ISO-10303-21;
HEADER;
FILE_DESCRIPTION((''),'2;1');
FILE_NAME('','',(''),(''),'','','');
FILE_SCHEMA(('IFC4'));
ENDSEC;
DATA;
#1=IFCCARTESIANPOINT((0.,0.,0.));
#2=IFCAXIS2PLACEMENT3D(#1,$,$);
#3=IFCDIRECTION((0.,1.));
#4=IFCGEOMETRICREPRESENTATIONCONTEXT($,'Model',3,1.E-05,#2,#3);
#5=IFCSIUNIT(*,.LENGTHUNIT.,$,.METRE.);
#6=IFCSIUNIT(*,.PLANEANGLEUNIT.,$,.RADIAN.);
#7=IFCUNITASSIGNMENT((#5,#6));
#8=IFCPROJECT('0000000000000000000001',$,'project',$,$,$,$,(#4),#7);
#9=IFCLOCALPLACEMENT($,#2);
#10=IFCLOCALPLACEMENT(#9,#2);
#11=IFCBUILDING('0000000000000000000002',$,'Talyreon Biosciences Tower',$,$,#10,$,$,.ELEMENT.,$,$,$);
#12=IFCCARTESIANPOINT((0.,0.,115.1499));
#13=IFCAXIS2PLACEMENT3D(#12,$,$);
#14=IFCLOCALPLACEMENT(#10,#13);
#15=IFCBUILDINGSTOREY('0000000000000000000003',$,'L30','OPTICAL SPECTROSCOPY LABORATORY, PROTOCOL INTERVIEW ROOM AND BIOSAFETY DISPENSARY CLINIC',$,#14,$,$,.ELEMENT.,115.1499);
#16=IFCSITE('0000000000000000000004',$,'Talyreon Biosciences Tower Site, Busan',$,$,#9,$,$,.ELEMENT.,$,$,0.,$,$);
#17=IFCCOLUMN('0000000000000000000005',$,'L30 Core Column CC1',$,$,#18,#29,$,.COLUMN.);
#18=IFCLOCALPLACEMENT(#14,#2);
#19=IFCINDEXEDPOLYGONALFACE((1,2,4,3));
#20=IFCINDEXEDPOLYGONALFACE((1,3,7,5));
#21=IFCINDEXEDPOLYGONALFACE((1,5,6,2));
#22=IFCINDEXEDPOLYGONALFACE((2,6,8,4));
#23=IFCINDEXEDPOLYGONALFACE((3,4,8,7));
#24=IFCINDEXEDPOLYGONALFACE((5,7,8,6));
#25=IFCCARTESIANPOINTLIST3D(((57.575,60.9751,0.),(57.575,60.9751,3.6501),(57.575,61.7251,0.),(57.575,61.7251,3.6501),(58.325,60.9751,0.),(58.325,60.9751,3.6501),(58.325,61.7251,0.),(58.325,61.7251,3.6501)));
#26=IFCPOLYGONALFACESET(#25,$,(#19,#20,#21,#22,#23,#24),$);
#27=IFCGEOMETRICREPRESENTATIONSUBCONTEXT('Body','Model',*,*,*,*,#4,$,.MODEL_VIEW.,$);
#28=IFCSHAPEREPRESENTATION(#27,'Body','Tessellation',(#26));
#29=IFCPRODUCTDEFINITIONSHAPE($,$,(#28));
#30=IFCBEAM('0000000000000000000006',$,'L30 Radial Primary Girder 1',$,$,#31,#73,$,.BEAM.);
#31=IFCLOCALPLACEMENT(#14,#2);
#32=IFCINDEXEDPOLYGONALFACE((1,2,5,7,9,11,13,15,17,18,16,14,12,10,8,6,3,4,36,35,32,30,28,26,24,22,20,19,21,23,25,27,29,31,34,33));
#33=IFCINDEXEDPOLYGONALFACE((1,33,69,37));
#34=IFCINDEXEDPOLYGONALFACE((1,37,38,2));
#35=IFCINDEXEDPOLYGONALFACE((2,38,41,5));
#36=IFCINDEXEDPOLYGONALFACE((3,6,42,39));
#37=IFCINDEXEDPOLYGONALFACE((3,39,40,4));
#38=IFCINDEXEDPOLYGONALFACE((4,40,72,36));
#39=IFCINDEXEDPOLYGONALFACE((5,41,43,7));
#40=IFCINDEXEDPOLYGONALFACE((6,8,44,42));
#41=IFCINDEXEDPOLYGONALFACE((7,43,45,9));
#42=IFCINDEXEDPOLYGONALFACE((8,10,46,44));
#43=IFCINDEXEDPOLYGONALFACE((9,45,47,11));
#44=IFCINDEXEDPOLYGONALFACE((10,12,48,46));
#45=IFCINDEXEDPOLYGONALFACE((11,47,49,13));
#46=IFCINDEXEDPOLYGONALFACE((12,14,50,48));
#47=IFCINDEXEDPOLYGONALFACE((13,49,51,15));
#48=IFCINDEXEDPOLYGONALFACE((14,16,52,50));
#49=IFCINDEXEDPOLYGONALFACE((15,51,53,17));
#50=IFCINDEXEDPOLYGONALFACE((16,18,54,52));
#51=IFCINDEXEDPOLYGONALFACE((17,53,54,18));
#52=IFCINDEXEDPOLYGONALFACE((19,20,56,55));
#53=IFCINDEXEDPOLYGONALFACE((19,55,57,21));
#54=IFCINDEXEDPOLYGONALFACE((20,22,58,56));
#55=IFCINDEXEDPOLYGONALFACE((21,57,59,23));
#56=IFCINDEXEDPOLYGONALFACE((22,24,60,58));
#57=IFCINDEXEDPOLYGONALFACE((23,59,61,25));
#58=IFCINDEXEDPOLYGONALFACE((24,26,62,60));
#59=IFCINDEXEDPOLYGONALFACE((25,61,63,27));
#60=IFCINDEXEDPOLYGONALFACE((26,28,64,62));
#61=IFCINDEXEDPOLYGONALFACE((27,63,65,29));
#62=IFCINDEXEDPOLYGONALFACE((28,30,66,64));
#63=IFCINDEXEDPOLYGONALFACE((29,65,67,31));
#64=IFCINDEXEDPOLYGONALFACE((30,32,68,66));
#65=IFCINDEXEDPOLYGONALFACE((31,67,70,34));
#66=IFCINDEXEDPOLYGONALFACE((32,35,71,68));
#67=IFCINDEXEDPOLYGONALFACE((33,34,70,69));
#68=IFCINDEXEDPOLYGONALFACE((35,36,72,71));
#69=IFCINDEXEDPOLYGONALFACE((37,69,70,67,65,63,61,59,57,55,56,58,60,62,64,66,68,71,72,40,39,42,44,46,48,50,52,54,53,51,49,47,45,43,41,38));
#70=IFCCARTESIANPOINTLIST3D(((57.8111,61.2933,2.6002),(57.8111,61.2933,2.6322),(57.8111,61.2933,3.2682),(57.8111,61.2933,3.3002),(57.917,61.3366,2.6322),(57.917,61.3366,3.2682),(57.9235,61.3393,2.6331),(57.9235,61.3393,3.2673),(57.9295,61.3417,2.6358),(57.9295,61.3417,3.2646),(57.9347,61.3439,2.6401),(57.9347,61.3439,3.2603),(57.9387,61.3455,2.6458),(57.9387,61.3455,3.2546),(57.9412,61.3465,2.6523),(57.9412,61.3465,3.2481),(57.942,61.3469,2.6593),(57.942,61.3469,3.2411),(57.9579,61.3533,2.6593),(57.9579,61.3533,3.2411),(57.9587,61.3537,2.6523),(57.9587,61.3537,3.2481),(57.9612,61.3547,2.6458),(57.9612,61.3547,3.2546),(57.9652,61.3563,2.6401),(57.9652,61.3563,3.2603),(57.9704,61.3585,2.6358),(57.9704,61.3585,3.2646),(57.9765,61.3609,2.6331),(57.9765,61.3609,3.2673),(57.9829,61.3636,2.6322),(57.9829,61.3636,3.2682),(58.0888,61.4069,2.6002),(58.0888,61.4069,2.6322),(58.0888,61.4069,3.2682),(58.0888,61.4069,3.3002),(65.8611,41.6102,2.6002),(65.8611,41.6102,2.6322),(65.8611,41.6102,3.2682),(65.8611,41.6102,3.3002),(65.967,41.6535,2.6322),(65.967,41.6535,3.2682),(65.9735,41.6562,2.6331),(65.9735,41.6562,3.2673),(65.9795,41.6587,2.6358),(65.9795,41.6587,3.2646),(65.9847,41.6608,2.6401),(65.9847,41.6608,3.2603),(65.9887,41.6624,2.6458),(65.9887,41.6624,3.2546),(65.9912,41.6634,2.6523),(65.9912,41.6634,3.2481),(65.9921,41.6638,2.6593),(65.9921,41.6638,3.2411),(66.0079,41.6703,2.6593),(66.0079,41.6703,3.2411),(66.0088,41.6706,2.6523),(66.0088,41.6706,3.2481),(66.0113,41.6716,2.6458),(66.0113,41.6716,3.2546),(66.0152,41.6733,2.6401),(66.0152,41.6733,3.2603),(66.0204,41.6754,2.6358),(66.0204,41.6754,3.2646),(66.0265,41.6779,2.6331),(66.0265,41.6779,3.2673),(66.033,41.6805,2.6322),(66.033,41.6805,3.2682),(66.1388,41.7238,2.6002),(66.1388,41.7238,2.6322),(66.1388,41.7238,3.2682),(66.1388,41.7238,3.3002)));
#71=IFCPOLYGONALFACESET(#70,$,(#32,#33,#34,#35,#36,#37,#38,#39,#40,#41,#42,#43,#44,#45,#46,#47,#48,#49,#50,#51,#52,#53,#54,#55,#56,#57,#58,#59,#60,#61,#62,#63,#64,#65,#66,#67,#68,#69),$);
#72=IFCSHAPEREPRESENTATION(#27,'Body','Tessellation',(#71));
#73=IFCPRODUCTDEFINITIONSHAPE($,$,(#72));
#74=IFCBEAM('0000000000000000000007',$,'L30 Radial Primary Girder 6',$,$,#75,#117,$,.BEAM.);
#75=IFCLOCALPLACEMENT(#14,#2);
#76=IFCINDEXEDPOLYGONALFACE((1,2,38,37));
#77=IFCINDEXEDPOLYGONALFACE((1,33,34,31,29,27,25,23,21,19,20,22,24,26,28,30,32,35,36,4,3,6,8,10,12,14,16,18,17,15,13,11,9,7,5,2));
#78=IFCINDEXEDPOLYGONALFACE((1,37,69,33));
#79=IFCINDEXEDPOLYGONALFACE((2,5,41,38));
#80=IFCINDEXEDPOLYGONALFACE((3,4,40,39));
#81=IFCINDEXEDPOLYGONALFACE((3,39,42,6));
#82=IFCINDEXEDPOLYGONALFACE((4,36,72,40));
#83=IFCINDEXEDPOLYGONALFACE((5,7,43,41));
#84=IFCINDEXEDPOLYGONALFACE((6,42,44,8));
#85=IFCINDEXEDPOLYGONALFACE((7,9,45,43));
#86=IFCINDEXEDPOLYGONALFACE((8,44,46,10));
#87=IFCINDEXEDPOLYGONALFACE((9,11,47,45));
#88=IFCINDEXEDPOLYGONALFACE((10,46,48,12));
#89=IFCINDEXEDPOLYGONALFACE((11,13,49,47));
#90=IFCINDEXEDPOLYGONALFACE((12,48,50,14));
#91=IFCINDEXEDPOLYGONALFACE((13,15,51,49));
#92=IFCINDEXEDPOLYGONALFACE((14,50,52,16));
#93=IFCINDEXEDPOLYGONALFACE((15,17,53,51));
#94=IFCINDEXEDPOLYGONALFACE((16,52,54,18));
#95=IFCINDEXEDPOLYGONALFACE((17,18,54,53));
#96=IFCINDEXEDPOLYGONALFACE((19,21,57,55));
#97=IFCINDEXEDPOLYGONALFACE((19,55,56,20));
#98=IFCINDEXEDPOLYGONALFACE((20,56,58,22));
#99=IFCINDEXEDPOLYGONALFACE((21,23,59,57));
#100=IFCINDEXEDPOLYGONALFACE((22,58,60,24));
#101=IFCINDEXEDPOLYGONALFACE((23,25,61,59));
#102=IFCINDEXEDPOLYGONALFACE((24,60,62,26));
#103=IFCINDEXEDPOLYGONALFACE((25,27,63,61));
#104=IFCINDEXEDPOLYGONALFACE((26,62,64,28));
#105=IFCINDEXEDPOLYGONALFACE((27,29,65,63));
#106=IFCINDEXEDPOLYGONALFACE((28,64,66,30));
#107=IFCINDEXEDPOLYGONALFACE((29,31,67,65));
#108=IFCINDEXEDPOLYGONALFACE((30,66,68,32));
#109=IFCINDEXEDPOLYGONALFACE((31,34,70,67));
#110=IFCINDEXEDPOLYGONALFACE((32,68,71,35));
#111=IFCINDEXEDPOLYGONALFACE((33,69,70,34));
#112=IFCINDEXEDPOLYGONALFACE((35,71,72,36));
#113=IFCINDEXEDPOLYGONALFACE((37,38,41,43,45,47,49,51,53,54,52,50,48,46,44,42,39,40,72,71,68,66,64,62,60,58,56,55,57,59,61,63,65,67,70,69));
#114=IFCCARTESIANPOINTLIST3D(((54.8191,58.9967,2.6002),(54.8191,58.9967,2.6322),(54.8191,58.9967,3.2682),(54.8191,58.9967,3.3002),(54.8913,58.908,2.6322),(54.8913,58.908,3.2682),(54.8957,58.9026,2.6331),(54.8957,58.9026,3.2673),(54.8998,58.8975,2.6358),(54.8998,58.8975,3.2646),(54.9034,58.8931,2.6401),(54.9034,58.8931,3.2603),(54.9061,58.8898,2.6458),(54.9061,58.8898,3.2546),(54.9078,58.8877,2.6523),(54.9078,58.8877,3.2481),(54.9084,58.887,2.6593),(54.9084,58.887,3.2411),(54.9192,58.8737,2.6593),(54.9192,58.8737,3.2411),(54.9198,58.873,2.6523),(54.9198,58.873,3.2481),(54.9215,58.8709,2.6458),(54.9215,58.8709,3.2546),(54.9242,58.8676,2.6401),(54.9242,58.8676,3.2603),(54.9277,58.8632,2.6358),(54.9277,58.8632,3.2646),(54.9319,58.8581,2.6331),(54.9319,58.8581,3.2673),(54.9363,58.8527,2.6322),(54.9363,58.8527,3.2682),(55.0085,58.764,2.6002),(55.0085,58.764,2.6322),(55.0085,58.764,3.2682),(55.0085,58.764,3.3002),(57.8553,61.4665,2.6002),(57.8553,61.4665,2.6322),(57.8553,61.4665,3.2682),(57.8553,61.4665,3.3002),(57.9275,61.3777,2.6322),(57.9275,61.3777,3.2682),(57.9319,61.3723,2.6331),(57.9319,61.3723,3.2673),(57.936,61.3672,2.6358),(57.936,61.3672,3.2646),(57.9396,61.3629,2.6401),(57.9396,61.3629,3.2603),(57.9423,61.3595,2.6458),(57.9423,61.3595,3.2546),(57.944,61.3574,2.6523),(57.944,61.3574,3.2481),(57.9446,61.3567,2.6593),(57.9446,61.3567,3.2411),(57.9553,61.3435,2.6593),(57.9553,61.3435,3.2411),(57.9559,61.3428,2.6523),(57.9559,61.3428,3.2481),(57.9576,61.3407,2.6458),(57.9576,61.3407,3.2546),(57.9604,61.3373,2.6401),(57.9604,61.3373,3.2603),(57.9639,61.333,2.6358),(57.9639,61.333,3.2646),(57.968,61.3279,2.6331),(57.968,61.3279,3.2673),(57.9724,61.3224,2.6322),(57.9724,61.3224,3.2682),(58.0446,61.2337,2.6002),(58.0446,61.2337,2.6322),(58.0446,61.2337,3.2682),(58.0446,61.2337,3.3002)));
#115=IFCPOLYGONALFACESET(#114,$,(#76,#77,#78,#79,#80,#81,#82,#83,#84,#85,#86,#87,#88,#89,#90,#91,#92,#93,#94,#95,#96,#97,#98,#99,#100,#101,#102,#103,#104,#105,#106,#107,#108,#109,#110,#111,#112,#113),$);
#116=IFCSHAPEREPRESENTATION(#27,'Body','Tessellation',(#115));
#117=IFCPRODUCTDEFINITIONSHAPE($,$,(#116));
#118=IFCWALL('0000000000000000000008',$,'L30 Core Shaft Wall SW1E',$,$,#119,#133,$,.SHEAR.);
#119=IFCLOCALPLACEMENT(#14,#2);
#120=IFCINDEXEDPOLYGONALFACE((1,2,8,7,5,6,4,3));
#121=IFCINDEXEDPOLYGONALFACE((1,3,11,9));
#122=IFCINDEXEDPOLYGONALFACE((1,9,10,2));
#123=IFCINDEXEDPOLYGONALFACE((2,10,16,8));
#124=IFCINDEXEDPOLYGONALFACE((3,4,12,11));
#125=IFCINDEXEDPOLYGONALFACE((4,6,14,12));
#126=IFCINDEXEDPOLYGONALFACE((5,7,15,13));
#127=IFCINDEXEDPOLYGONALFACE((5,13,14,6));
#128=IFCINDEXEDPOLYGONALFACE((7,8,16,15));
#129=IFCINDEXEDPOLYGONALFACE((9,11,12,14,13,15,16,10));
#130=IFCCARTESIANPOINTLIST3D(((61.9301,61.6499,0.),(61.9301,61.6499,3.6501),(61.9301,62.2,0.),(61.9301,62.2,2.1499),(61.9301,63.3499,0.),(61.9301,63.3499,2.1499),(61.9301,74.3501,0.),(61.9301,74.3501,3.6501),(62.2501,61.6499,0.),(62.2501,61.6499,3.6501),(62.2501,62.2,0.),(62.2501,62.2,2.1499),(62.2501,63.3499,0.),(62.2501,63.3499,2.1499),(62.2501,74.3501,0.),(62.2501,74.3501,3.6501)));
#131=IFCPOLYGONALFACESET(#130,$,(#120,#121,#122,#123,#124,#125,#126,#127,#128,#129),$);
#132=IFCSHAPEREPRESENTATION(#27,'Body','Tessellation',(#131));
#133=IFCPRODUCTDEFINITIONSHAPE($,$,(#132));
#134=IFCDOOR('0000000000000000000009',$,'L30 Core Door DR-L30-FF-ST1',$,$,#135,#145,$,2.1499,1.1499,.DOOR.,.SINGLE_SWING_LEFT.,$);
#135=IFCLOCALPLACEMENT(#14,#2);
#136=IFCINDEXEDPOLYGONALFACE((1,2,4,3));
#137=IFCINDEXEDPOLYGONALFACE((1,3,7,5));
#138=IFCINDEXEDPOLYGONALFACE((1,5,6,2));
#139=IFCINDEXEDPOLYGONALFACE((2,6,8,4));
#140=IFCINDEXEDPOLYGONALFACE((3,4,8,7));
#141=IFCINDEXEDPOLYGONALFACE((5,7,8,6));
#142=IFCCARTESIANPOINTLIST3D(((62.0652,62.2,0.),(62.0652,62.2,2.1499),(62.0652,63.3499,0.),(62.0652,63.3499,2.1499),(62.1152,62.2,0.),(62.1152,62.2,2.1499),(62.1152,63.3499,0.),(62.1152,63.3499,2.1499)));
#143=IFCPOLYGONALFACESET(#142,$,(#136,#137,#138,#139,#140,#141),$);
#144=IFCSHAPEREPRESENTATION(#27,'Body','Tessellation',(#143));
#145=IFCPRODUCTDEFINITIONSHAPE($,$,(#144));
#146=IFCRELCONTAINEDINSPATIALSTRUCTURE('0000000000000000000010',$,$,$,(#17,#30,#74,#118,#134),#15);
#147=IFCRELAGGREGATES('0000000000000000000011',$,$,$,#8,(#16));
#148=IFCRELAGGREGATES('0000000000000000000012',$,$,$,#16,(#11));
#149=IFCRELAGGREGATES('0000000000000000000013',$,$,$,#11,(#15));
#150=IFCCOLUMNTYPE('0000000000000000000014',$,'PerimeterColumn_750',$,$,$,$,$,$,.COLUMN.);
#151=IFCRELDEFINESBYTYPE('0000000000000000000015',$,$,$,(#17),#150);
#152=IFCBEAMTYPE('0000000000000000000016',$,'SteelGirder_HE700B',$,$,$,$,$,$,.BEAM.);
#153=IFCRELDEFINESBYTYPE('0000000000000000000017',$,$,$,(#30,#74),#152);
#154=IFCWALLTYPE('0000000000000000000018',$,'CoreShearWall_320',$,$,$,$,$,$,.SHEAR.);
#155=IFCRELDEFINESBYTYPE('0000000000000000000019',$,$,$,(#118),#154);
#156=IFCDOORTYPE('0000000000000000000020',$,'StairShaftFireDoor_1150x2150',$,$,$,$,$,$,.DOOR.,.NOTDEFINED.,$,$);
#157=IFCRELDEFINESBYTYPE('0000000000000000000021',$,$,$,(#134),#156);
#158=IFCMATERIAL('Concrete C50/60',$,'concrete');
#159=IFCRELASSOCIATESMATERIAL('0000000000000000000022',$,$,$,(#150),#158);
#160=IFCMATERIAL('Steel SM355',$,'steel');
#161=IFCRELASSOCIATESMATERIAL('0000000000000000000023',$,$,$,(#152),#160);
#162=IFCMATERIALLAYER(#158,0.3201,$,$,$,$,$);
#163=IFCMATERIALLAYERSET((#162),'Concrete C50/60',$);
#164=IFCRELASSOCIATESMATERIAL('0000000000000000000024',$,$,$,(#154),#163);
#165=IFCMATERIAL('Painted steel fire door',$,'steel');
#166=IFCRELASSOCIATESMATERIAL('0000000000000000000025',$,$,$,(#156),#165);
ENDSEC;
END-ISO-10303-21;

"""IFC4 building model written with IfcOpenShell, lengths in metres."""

from ifc_helpers import new_model, si_unit, direction, frame, frame_2d, origin, origin_2d, place, context, subcontext, project, spatial, rectangle, i_section, extrude, material, layer, layer_set, material_profile, profile_set, type_object, element, fill, save


model = new_model("IFC4")

# Units and contexts
model_context = context("Model", 3, precision=1e-05, world=origin(), true_north=direction((0.0, 1.0)))
body_context = subcontext(model_context, "Body", "Model", "MODEL_VIEW")
ifc_project = project(units=[si_unit("LENGTHUNIT", "METRE"), si_unit("PLANEANGLEUNIT", "RADIAN")], contexts=[model_context])

# Site, building, storey
site_placement = place(None, origin())
site = spatial("IfcSite", under=ifc_project, at=site_placement, Name="Talyreon Biosciences Tower Site, Busan", CompositionType="ELEMENT", RefElevation=0.0)
building_placement = place(site_placement, origin())
building = spatial("IfcBuilding", under=site, at=building_placement, Name="Talyreon Biosciences Tower", CompositionType="ELEMENT")
storey_placement = place(building_placement, frame((0.0, 0.0, 115.1499)))
storey = spatial("IfcBuildingStorey", under=building, at=storey_placement, Name="L30", Description="OPTICAL SPECTROSCOPY LABORATORY, PROTOCOL INTERVIEW ROOM AND BIOSAFETY DISPENSARY CLINIC", CompositionType="ELEMENT", Elevation=115.1499)

# Column
ifc_material_1 = material(Name="Concrete C50/60", Category="concrete")
ifc_material_profile_1 = material_profile(ifc_material_1, rectangle(XDim=0.75, YDim=0.75, at=origin_2d()), Name="RC 750x750")
ifc_profile_set_1 = profile_set([ifc_material_profile_1], Name="Concrete C50/60")
column_type = type_object("IfcColumnType", Name="PerimeterColumn_750", PredefinedType="COLUMN", material=ifc_profile_set_1)
column_placement = place(storey_placement, frame((57.95, 61.3501, 0.0), z_axis=(0.0, 0.0, 1.0), x_axis=(1.0, 0.0, 0.0)))
element("IfcColumn", 1, at=column_placement, inside=storey, type_object=column_type, Name="L30 Core Column CC1", PredefinedType="COLUMN", context=body_context, shape_type="SweptSolid", body=[
    extrude(rectangle(XDim=0.75, YDim=0.75, at=origin_2d()), origin(), (0.0, 0.0, 1.0), 3.6501),
])

# Beams
ifc_material_2 = material(Name="Steel SM355", Category="steel")
ifc_material_profile_2 = material_profile(ifc_material_2, i_section(OverallWidth=0.3, OverallDepth=0.7, WebThickness=0.0171, FlangeThickness=0.032, FilletRadius=0.0271, at=origin_2d()), Name="HE700B")
ifc_profile_set_2 = profile_set([ifc_material_profile_2], Name="Steel SM355")
beam_type = type_object("IfcBeamType", Name="SteelGirder_HE700B", PredefinedType="BEAM", material=ifc_profile_set_2)
beam_1_placement = place(storey_placement, frame((57.95, 61.3501, 2.9502), z_axis=(0.378547, -0.925582, 0.0), x_axis=(0.925582, 0.378547, 0.0)))
element("IfcBeam", 2, at=beam_1_placement, inside=storey, type_object=beam_type, Name="L30 Radial Primary Girder 1", PredefinedType="BEAM", context=body_context, shape_type="SweptSolid", body=[
    extrude(i_section(OverallWidth=0.3, OverallDepth=0.7, WebThickness=0.0171, FlangeThickness=0.032, FilletRadius=0.0271, at=origin_2d()), origin(), (0.0, 0.0, 1.0), 21.2656),
])
beam_2_placement = place(storey_placement, frame((57.95, 61.3501, 2.9502), z_axis=(-0.775755, -0.631034, 0.0), x_axis=(0.631034, -0.775755, 0.0)))
element("IfcBeam", 3, at=beam_2_placement, inside=storey, type_object=beam_type, Name="L30 Radial Primary Girder 6", PredefinedType="BEAM", context=body_context, shape_type="SweptSolid", body=[
    extrude(i_section(OverallWidth=0.3, OverallDepth=0.7, WebThickness=0.0171, FlangeThickness=0.032, FilletRadius=0.0271, at=origin_2d()), origin(), (0.0, 0.0, 1.0), 3.9138),
])

# Wall, opening, door
ifc_layer_1 = layer(ifc_material_1, 0.3201)
ifc_layer_set_1 = layer_set([ifc_layer_1], Name="Concrete C50/60")
wall_type_1 = type_object("IfcWallType", Name="CoreShearWall_320", PredefinedType="SHEAR", material=ifc_layer_set_1)
wall_1_placement = place(storey_placement, frame((62.0901, 61.6499, 0.0), z_axis=(0.0, 0.0, 1.0), x_axis=(0.0, 1.0, 0.0)))
wall_1 = element("IfcWall", 4, at=wall_1_placement, inside=storey, type_object=wall_type_1, Name="L30 Core Shaft Wall SW1E", PredefinedType="SHEAR", context=body_context, shape_type="SweptSolid", body=[
    extrude(rectangle(XDim=12.7002, YDim=0.3201, at=frame_2d((6.3501, 0.0))), origin(), (0.0, 0.0, 1.0), 3.6501),
])
opening_1_placement = place(wall_1_placement, frame((0.55, 0.0, 0.0)))
opening_1 = element("IfcOpeningElement", 5, at=opening_1_placement, cuts=wall_1, PredefinedType="OPENING", context=body_context, shape_type="SweptSolid", body=[
    extrude(rectangle(XDim=1.1499, YDim=2.1499, at=frame_2d((0.575, 1.075))), frame((0.0, 0.1699, 0.0), z_axis=(0.0, -1.0, 0.0), x_axis=(1.0, 0.0, 0.0)), (0.0, 0.0, 1.0), 0.3401),
])
ifc_material_3 = material(Name="Painted steel fire door", Category="steel")
door_type_1 = type_object("IfcDoorType", Name="StairShaftFireDoor_1150x2150", OperationType="NOTDEFINED", PredefinedType="DOOR", material=ifc_material_3)
door_1_placement = place(opening_1_placement, origin())
door_1 = element("IfcDoor", 6, at=door_1_placement, inside=storey, type_object=door_type_1, Name="L30 Core Door DR-L30-FF-ST1", OperationType="SINGLE_SWING_LEFT", OverallHeight=2.1499, OverallWidth=1.1499, PredefinedType="DOOR", context=body_context, shape_type="SweptSolid", body=[
    extrude(rectangle(XDim=1.1499, YDim=2.1499, at=frame_2d((0.575, 1.075))), frame((0.0, 0.0249, 0.0), z_axis=(0.0, -1.0, 0.0), x_axis=(1.0, 0.0, 0.0)), (0.0, 0.0, 1.0), 0.05),
])
fill(opening_1, door_1)

save(model, "model.ifc")
